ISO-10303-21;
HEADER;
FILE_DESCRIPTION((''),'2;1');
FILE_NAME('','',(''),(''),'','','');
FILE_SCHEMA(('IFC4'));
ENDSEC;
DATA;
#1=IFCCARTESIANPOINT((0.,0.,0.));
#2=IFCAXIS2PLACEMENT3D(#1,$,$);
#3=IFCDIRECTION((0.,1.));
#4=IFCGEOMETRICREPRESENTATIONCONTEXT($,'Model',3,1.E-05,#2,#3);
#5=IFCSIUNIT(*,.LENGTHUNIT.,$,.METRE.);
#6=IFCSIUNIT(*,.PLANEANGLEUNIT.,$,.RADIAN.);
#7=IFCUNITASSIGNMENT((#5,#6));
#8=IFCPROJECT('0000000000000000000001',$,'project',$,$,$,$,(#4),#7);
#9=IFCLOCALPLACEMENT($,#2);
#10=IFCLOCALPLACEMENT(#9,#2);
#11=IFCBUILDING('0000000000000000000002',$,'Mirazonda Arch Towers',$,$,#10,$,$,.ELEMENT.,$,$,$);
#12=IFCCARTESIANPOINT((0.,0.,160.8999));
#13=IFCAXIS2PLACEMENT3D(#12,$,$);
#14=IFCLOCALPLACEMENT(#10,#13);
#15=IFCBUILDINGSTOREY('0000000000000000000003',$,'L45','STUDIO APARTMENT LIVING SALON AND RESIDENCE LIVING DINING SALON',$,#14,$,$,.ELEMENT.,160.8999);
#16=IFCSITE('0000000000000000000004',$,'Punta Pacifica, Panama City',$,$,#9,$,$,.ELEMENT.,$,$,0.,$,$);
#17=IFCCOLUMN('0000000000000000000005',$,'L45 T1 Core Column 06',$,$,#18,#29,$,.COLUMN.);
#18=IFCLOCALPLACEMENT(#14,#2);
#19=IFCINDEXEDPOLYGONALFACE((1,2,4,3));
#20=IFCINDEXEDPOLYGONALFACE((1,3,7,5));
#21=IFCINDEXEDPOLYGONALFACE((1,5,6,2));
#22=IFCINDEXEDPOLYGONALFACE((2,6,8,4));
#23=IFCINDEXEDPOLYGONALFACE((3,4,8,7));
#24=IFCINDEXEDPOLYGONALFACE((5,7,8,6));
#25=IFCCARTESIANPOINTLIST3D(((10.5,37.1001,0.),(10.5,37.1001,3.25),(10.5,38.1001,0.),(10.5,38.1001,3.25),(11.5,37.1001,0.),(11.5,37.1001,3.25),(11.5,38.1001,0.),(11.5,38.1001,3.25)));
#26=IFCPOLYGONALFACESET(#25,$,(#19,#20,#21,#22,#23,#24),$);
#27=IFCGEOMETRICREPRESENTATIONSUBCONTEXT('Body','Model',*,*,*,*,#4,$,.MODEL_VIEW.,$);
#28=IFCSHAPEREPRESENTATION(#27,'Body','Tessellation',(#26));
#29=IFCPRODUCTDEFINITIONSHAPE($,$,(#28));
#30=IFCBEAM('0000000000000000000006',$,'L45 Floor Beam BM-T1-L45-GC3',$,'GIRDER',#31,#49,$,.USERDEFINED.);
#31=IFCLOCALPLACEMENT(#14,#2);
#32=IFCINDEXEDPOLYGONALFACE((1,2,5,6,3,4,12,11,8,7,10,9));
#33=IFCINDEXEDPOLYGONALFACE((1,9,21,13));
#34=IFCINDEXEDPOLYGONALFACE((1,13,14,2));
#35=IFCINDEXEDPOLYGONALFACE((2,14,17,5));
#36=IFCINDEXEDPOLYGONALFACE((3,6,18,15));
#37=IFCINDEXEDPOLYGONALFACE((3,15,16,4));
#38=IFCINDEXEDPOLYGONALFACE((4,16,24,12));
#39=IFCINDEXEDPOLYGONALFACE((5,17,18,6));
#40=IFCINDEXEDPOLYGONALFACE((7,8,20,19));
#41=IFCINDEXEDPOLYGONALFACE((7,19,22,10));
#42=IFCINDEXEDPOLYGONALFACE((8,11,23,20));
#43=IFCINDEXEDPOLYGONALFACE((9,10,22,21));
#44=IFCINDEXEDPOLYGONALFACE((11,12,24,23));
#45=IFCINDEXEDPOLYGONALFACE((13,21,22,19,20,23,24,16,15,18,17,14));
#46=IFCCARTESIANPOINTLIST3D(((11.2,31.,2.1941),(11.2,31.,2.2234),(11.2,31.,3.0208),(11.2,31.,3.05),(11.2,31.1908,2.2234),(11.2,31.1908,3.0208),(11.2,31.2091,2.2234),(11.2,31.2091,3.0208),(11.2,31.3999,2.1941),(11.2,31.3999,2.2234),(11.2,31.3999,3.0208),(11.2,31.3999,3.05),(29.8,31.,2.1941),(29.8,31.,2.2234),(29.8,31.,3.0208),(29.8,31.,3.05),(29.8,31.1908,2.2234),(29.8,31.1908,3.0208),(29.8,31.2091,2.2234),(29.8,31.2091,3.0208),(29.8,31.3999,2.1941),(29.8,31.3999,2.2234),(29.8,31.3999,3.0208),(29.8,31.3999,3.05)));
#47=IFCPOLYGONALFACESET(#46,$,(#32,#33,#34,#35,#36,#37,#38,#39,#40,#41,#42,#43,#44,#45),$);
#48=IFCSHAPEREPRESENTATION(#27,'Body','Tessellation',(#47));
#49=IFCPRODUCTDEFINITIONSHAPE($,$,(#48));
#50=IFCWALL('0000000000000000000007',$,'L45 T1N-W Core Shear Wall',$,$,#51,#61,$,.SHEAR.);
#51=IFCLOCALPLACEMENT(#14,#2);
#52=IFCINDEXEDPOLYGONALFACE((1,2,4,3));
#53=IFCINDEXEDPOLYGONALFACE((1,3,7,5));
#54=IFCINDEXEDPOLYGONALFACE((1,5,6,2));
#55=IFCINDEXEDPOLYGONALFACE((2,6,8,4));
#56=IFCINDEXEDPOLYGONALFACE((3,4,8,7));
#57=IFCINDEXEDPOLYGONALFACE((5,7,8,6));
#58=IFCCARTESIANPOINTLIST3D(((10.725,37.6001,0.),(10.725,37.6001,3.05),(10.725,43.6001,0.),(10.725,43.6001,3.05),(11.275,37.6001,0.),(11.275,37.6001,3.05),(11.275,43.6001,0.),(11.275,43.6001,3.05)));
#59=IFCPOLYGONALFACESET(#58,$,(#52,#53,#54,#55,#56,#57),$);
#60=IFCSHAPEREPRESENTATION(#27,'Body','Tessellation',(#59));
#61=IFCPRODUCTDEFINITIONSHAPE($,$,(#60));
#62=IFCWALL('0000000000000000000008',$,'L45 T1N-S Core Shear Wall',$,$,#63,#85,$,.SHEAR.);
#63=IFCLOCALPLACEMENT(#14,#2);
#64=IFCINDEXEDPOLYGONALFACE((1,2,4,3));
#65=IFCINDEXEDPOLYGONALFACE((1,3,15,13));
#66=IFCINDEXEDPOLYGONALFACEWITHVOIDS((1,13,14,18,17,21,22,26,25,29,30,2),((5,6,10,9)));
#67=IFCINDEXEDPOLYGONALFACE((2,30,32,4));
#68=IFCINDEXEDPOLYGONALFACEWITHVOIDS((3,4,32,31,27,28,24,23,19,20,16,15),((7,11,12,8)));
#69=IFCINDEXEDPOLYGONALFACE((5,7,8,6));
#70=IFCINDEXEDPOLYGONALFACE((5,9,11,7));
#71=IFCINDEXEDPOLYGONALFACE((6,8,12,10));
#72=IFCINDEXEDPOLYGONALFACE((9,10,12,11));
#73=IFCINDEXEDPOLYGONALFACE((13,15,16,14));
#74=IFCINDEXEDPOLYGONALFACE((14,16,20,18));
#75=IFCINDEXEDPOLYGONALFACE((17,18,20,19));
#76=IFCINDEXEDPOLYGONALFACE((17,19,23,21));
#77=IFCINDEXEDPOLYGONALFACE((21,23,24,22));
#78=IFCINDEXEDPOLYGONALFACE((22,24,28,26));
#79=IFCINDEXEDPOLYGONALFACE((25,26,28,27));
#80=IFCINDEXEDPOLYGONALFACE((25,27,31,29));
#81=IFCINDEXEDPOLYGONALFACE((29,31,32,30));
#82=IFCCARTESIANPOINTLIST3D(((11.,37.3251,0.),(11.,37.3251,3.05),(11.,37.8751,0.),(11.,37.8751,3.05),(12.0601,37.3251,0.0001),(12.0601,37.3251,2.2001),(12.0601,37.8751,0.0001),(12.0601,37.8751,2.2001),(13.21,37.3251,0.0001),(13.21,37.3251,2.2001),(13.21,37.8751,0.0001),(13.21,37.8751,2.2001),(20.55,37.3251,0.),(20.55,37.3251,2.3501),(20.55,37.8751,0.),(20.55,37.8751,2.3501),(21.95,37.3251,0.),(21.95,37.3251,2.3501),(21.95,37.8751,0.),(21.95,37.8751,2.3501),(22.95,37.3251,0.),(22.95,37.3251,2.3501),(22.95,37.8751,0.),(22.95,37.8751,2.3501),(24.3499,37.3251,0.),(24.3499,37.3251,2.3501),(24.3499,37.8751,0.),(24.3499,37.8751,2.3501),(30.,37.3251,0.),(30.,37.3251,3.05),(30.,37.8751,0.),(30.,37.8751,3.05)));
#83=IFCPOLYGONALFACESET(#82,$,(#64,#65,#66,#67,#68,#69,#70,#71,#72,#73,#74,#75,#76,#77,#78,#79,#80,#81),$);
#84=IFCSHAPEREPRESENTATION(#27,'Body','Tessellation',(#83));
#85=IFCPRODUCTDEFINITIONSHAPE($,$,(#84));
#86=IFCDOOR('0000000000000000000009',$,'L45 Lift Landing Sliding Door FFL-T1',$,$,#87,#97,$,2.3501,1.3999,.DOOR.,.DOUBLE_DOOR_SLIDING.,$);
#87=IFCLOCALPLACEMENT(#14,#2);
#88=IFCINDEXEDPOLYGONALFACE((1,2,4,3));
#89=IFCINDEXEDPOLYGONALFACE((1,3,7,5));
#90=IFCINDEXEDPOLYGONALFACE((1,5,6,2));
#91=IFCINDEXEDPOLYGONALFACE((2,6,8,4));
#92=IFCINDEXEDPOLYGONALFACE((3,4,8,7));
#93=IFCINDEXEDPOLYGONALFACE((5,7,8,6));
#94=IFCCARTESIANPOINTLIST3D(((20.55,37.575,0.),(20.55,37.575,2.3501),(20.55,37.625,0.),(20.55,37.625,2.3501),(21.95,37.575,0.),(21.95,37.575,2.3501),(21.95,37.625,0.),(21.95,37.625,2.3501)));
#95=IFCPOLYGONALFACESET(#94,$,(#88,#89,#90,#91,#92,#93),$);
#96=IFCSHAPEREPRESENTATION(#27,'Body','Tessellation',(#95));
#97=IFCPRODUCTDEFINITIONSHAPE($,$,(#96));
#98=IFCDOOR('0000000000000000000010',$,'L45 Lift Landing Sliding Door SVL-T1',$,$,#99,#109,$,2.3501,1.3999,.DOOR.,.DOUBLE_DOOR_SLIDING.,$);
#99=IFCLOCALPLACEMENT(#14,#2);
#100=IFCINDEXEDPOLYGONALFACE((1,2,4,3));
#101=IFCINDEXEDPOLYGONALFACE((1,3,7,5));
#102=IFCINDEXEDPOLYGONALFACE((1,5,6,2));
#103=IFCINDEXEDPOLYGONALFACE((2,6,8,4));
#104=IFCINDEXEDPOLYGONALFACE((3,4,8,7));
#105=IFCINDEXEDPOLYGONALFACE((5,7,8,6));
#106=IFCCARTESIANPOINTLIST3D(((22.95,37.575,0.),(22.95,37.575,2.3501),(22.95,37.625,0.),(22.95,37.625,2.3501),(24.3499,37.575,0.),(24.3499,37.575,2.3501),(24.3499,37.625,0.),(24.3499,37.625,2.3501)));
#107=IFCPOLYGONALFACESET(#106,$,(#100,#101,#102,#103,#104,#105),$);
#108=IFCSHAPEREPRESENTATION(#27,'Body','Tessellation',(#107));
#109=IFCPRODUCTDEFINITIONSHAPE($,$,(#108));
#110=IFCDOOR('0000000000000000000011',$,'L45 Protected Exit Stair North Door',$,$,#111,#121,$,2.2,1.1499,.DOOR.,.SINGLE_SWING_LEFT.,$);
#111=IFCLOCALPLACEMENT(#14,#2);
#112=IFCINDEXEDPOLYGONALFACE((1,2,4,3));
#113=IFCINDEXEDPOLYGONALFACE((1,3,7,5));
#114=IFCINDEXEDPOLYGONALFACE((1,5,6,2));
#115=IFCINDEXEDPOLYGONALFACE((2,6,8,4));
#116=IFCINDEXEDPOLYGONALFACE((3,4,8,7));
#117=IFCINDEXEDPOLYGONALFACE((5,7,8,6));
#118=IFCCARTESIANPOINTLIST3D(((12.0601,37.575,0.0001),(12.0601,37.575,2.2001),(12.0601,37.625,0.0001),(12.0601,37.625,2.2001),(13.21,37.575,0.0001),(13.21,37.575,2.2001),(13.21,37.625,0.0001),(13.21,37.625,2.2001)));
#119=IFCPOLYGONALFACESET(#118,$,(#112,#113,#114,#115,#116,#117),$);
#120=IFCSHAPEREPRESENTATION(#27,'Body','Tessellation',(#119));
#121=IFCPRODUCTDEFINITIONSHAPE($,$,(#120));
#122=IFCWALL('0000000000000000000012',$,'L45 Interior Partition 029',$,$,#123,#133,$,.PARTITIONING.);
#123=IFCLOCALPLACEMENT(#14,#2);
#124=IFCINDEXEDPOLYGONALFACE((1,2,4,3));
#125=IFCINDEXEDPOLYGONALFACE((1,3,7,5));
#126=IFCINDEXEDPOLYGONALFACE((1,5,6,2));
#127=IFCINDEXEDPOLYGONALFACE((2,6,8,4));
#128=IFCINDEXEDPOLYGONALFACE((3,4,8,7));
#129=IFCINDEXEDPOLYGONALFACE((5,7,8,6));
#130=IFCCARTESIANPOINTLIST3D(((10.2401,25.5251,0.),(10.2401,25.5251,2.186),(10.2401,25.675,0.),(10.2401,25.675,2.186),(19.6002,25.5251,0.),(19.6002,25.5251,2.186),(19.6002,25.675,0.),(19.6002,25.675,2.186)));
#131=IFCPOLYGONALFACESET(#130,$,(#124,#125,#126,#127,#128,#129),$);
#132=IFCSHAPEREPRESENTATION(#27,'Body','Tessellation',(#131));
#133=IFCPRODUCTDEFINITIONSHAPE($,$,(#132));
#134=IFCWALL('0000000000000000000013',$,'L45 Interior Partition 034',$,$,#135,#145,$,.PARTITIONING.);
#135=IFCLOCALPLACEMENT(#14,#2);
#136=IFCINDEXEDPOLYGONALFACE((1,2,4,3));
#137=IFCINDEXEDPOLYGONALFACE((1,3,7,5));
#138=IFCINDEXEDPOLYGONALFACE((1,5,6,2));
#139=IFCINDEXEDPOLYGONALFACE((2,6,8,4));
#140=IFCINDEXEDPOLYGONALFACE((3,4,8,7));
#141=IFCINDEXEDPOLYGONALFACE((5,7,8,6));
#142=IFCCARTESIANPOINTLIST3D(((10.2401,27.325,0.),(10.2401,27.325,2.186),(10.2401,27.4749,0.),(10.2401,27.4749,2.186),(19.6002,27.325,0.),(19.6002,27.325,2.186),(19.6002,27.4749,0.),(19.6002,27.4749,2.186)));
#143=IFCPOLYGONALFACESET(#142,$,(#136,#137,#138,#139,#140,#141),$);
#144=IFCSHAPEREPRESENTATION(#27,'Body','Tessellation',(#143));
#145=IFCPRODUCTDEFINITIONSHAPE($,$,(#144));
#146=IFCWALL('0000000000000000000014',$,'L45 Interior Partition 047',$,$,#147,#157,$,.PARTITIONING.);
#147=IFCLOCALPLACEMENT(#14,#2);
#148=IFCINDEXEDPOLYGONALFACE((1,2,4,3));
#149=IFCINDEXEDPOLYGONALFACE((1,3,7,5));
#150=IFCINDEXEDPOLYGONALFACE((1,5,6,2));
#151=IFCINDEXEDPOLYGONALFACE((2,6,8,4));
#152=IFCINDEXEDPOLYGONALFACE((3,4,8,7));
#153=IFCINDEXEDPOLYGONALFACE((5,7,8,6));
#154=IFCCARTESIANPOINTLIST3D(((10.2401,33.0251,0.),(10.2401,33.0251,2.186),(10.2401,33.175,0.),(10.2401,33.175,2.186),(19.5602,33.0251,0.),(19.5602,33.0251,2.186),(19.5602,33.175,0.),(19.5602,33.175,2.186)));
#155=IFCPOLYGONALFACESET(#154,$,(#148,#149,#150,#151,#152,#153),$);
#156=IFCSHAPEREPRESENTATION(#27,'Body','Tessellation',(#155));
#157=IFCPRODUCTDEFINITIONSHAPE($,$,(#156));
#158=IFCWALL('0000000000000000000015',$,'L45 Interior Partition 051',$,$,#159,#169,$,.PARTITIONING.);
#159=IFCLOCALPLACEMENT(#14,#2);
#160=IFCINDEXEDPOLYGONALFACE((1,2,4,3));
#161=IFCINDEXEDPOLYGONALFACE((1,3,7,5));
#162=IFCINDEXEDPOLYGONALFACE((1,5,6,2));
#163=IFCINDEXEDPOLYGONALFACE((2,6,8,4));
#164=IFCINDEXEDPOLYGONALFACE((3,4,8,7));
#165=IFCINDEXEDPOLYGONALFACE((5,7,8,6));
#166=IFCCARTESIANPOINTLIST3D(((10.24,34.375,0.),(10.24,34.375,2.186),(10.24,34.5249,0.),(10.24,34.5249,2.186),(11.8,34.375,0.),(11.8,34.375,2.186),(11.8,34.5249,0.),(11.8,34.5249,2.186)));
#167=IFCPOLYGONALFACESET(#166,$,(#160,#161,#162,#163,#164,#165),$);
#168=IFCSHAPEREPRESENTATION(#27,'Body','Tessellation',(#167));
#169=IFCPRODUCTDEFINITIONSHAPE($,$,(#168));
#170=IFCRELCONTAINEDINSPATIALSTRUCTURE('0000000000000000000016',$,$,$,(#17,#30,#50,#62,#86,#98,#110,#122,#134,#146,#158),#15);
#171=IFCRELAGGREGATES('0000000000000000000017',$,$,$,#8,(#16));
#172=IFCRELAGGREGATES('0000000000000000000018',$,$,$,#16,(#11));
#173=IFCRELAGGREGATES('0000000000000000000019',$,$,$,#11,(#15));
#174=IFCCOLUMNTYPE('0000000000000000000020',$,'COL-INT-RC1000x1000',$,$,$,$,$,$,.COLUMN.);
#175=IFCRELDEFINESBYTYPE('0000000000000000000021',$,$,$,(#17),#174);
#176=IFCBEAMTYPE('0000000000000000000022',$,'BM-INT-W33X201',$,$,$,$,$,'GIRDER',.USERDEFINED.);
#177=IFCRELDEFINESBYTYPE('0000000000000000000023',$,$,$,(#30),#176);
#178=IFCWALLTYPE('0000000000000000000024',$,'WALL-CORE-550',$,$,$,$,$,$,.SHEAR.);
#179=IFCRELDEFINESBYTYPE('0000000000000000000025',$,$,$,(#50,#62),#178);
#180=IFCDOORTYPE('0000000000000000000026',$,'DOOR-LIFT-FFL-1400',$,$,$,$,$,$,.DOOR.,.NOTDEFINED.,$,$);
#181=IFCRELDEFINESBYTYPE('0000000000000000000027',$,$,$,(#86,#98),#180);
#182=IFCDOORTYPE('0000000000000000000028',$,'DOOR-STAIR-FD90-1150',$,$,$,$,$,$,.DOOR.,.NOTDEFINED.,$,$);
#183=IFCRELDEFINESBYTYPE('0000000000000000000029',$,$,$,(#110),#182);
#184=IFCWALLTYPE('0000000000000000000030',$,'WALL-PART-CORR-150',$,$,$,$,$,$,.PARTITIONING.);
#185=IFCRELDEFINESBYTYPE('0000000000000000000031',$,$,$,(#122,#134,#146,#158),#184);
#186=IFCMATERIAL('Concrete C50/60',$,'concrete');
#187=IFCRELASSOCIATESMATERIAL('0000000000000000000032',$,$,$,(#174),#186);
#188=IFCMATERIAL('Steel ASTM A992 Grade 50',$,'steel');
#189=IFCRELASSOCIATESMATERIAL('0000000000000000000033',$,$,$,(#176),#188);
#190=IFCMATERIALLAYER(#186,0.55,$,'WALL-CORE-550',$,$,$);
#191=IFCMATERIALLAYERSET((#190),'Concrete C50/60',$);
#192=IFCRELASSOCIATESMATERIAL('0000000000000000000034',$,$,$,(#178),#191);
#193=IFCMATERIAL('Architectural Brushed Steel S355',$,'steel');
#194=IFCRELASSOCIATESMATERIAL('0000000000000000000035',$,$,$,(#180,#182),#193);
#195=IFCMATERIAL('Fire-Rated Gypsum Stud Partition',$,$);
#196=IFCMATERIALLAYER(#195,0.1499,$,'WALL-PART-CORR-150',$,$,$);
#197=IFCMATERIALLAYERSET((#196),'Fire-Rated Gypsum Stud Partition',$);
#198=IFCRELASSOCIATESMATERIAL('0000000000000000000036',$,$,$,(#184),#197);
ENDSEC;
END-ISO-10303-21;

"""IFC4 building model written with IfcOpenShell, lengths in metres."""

from ifc_helpers import new_model, si_unit, direction, frame, frame_2d, origin, origin_2d, place, context, subcontext, project, spatial, rectangle, i_section, extrude, material, layer, layer_set, material_profile, profile_set, type_object, element, fill, save


model = new_model("IFC4")

# Units and contexts
model_context = context("Model", 3, precision=1e-05, world=origin(), true_north=direction((0.0, 1.0)))
body_context = subcontext(model_context, "Body", "Model", "MODEL_VIEW")
ifc_project = project(units=[si_unit("LENGTHUNIT", "METRE"), si_unit("PLANEANGLEUNIT", "RADIAN")], contexts=[model_context])

# Site, building, storey
site_placement = place(None, origin())
site = spatial("IfcSite", under=ifc_project, at=site_placement, Name="Punta Pacifica, Panama City", CompositionType="ELEMENT", RefElevation=0.0)
building_placement = place(site_placement, origin())
building = spatial("IfcBuilding", under=site, at=building_placement, Name="Mirazonda Arch Towers", CompositionType="ELEMENT")
storey_placement = place(building_placement, frame((0.0, 0.0, 160.8999)))
storey = spatial("IfcBuildingStorey", under=building, at=storey_placement, Name="L45", Description="STUDIO APARTMENT LIVING SALON AND RESIDENCE LIVING DINING SALON", CompositionType="ELEMENT", Elevation=160.8999)

# Column
ifc_material_1 = material(Name="Concrete C50/60", Category="concrete")
ifc_material_profile_1 = material_profile(ifc_material_1, rectangle(XDim=1.0, YDim=1.0, at=origin_2d()), Name="RC1000x1000")
ifc_profile_set_1 = profile_set([ifc_material_profile_1], Name="Concrete C50/60")
column_type = type_object("IfcColumnType", Name="COL-INT-RC1000x1000", PredefinedType="COLUMN", material=ifc_profile_set_1)
column_placement = place(storey_placement, frame((11.0, 37.6001, 0.0), z_axis=(0.0, 0.0, 1.0), x_axis=(1.0, 0.0, 0.0)))
element("IfcColumn", 1, at=column_placement, inside=storey, type_object=column_type, Name="L45 T1 Core Column 06", PredefinedType="COLUMN", context=body_context, shape_type="SweptSolid", body=[
    extrude(rectangle(XDim=1.0, YDim=1.0, at=origin_2d()), origin(), (0.0, 0.0, 1.0), 3.25),
])

# Beam
ifc_material_2 = material(Name="Steel ASTM A992 Grade 50", Category="steel")
ifc_material_profile_2 = material_profile(ifc_material_2, i_section(OverallWidth=0.3999, OverallDepth=0.856, WebThickness=0.0183, FlangeThickness=0.0293, at=origin_2d()), Name="W33X201")
ifc_profile_set_2 = profile_set([ifc_material_profile_2], Name="Steel ASTM A992 Grade 50")
beam_type = type_object("IfcBeamType", Name="BM-INT-W33X201", ElementType="GIRDER", PredefinedType="USERDEFINED", material=ifc_profile_set_2)
beam_placement = place(storey_placement, frame((11.2, 31.2, 2.6221), z_axis=(1.0, 0.0, 0.0), x_axis=(0.0, 1.0, 0.0)))
element("IfcBeam", 2, at=beam_placement, inside=storey, type_object=beam_type, Name="L45 Floor Beam BM-T1-L45-GC3", ObjectType="GIRDER", PredefinedType="USERDEFINED", context=body_context, shape_type="SweptSolid", body=[
    extrude(i_section(OverallWidth=0.3999, OverallDepth=0.856, WebThickness=0.0183, FlangeThickness=0.0293, at=origin_2d()), origin(), (0.0, 0.0, 1.0), 18.6001),
])

# Wall
ifc_layer_1 = layer(ifc_material_1, 0.55, Name="WALL-CORE-550")
ifc_layer_set_1 = layer_set([ifc_layer_1], Name="Concrete C50/60")
wall_type_1 = type_object("IfcWallType", Name="WALL-CORE-550", PredefinedType="SHEAR", material=ifc_layer_set_1)
wall_1_placement = place(storey_placement, frame((11.0, 37.6001, 0.0), z_axis=(0.0, 0.0, 1.0), x_axis=(0.0, 1.0, 0.0)))
element("IfcWall", 3, at=wall_1_placement, inside=storey, type_object=wall_type_1, Name="L45 T1N-W Core Shear Wall", PredefinedType="SHEAR", context=body_context, shape_type="SweptSolid", body=[
    extrude(rectangle(XDim=6.0, YDim=0.55, at=frame_2d((3.0, 0.0))), origin(), (0.0, 0.0, 1.0), 3.05),
])

# Wall, openings, doors
wall_2_placement = place(storey_placement, frame((11.0, 37.6001, 0.0), z_axis=(0.0, 0.0, 1.0), x_axis=(1.0, 0.0, 0.0)))
wall_2 = element("IfcWall", 4, at=wall_2_placement, inside=storey, type_object=wall_type_1, Name="L45 T1N-S Core Shear Wall", PredefinedType="SHEAR", context=body_context, shape_type="SweptSolid", body=[
    extrude(rectangle(XDim=19.0, YDim=0.55, at=frame_2d((9.5, 0.0))), origin(), (0.0, 0.0, 1.0), 3.05),
])
opening_1_placement = place(wall_2_placement, frame((1.0601, 0.0, 0.0)))
opening_1 = element("IfcOpeningElement", 5, at=opening_1_placement, cuts=wall_2, PredefinedType="OPENING", context=body_context, shape_type="SweptSolid", body=[
    extrude(rectangle(XDim=1.1499, YDim=2.2, at=frame_2d((0.575, 1.1001))), frame((0.0, 0.2849, 0.0), z_axis=(0.0, -1.0, 0.0), x_axis=(1.0, 0.0, 0.0)), (0.0, 0.0, 1.0), 0.5701),
])
opening_2_placement = place(wall_2_placement, frame((9.55, 0.0, 0.0)))
opening_2 = element("IfcOpeningElement", 6, at=opening_2_placement, cuts=wall_2, PredefinedType="OPENING", context=body_context, shape_type="SweptSolid", body=[
    extrude(rectangle(XDim=1.3999, YDim=2.3501, at=frame_2d((0.7, 1.175))), frame((0.0, 0.2849, 0.0), z_axis=(0.0, -1.0, 0.0), x_axis=(1.0, 0.0, 0.0)), (0.0, 0.0, 1.0), 0.5701),
])
opening_3_placement = place(wall_2_placement, frame((11.95, 0.0, 0.0)))
opening_3 = element("IfcOpeningElement", 7, at=opening_3_placement, cuts=wall_2, PredefinedType="OPENING", context=body_context, shape_type="SweptSolid", body=[
    extrude(rectangle(XDim=1.3999, YDim=2.3501, at=frame_2d((0.7, 1.175))), frame((0.0, 0.2849, 0.0), z_axis=(0.0, -1.0, 0.0), x_axis=(1.0, 0.0, 0.0)), (0.0, 0.0, 1.0), 0.5701),
])
ifc_material_3 = material(Name="Architectural Brushed Steel S355", Category="steel")
door_type_1 = type_object("IfcDoorType", Name="DOOR-LIFT-FFL-1400", OperationType="NOTDEFINED", PredefinedType="DOOR", material=ifc_material_3)
door_1_placement = place(opening_2_placement, origin())
door_1 = element("IfcDoor", 8, at=door_1_placement, inside=storey, type_object=door_type_1, Name="L45 Lift Landing Sliding Door FFL-T1", OperationType="DOUBLE_DOOR_SLIDING", OverallHeight=2.3501, OverallWidth=1.3999, PredefinedType="DOOR", context=body_context, shape_type="SweptSolid", body=[
    extrude(rectangle(XDim=1.3999, YDim=2.3501, at=frame_2d((0.7, 1.175))), frame((0.0, 0.0249, 0.0), z_axis=(0.0, -1.0, 0.0), x_axis=(1.0, 0.0, 0.0)), (0.0, 0.0, 1.0), 0.05),
])
fill(opening_2, door_1)
door_2_placement = place(opening_3_placement, origin())
door_2 = element("IfcDoor", 9, at=door_2_placement, inside=storey, type_object=door_type_1, Name="L45 Lift Landing Sliding Door SVL-T1", OperationType="DOUBLE_DOOR_SLIDING", OverallHeight=2.3501, OverallWidth=1.3999, PredefinedType="DOOR", context=body_context, shape_type="SweptSolid", body=[
    extrude(rectangle(XDim=1.3999, YDim=2.3501, at=frame_2d((0.7, 1.175))), frame((0.0, 0.0249, 0.0), z_axis=(0.0, -1.0, 0.0), x_axis=(1.0, 0.0, 0.0)), (0.0, 0.0, 1.0), 0.05),
])
fill(opening_3, door_2)
door_type_2 = type_object("IfcDoorType", Name="DOOR-STAIR-FD90-1150", OperationType="NOTDEFINED", PredefinedType="DOOR", material=ifc_material_3)
door_3_placement = place(opening_1_placement, origin())
door_3 = element("IfcDoor", 10, at=door_3_placement, inside=storey, type_object=door_type_2, Name="L45 Protected Exit Stair North Door", OperationType="SINGLE_SWING_LEFT", OverallHeight=2.2, OverallWidth=1.1499, PredefinedType="DOOR", context=body_context, shape_type="SweptSolid", body=[
    extrude(rectangle(XDim=1.1499, YDim=2.2, at=frame_2d((0.575, 1.1001))), frame((0.0, 0.0249, 0.0), z_axis=(0.0, -1.0, 0.0), x_axis=(1.0, 0.0, 0.0)), (0.0, 0.0, 1.0), 0.05),
])
fill(opening_1, door_3)

# Walls
ifc_material_4 = material(Name="Fire-Rated Gypsum Stud Partition")
ifc_layer_2 = layer(ifc_material_4, 0.1499, Name="WALL-PART-CORR-150")
ifc_layer_set_2 = layer_set([ifc_layer_2], Name="Fire-Rated Gypsum Stud Partition")
wall_type_2 = type_object("IfcWallType", Name="WALL-PART-CORR-150", PredefinedType="PARTITIONING", material=ifc_layer_set_2)
for number, where, z_axis, x_axis, name in (
    (11, (10.24, 25.6001, 0.0), (0.0, 0.0, 1.0), (1.0, 0.0, 0.0), "L45 Interior Partition 029"),
    (12, (10.24, 27.3999, 0.0), (0.0, 0.0, 1.0), (1.0, 0.0, 0.0), "L45 Interior Partition 034"),
):
    element("IfcWall", number, at=place(storey_placement, frame(where, z_axis=z_axis, x_axis=x_axis)), inside=storey, type_object=wall_type_2, Name=name, PredefinedType="PARTITIONING", context=body_context, shape_type="SweptSolid", body=[
        extrude(rectangle(XDim=9.3601, YDim=0.1499, at=frame_2d((4.6802, 0.0))), origin(), (0.0, 0.0, 1.0), 2.186),
    ])
wall_3_placement = place(storey_placement, frame((10.24, 33.1001, 0.0), z_axis=(0.0, 0.0, 1.0), x_axis=(1.0, 0.0, 0.0)))
element("IfcWall", 13, at=wall_3_placement, inside=storey, type_object=wall_type_2, Name="L45 Interior Partition 047", PredefinedType="PARTITIONING", context=body_context, shape_type="SweptSolid", body=[
    extrude(rectangle(XDim=9.3201, YDim=0.1499, at=frame_2d((4.6602, 0.0))), origin(), (0.0, 0.0, 1.0), 2.186),
])
wall_4_placement = place(storey_placement, frame((10.24, 34.45, 0.0), z_axis=(0.0, 0.0, 1.0), x_axis=(1.0, 0.0, 0.0)))
element("IfcWall", 14, at=wall_4_placement, inside=storey, type_object=wall_type_2, Name="L45 Interior Partition 051", PredefinedType="PARTITIONING", context=body_context, shape_type="SweptSolid", body=[
    extrude(rectangle(XDim=1.5601, YDim=0.1499, at=frame_2d((0.78, 0.0))), origin(), (0.0, 0.0, 1.0), 2.186),
])

save(model, "model.ifc")
